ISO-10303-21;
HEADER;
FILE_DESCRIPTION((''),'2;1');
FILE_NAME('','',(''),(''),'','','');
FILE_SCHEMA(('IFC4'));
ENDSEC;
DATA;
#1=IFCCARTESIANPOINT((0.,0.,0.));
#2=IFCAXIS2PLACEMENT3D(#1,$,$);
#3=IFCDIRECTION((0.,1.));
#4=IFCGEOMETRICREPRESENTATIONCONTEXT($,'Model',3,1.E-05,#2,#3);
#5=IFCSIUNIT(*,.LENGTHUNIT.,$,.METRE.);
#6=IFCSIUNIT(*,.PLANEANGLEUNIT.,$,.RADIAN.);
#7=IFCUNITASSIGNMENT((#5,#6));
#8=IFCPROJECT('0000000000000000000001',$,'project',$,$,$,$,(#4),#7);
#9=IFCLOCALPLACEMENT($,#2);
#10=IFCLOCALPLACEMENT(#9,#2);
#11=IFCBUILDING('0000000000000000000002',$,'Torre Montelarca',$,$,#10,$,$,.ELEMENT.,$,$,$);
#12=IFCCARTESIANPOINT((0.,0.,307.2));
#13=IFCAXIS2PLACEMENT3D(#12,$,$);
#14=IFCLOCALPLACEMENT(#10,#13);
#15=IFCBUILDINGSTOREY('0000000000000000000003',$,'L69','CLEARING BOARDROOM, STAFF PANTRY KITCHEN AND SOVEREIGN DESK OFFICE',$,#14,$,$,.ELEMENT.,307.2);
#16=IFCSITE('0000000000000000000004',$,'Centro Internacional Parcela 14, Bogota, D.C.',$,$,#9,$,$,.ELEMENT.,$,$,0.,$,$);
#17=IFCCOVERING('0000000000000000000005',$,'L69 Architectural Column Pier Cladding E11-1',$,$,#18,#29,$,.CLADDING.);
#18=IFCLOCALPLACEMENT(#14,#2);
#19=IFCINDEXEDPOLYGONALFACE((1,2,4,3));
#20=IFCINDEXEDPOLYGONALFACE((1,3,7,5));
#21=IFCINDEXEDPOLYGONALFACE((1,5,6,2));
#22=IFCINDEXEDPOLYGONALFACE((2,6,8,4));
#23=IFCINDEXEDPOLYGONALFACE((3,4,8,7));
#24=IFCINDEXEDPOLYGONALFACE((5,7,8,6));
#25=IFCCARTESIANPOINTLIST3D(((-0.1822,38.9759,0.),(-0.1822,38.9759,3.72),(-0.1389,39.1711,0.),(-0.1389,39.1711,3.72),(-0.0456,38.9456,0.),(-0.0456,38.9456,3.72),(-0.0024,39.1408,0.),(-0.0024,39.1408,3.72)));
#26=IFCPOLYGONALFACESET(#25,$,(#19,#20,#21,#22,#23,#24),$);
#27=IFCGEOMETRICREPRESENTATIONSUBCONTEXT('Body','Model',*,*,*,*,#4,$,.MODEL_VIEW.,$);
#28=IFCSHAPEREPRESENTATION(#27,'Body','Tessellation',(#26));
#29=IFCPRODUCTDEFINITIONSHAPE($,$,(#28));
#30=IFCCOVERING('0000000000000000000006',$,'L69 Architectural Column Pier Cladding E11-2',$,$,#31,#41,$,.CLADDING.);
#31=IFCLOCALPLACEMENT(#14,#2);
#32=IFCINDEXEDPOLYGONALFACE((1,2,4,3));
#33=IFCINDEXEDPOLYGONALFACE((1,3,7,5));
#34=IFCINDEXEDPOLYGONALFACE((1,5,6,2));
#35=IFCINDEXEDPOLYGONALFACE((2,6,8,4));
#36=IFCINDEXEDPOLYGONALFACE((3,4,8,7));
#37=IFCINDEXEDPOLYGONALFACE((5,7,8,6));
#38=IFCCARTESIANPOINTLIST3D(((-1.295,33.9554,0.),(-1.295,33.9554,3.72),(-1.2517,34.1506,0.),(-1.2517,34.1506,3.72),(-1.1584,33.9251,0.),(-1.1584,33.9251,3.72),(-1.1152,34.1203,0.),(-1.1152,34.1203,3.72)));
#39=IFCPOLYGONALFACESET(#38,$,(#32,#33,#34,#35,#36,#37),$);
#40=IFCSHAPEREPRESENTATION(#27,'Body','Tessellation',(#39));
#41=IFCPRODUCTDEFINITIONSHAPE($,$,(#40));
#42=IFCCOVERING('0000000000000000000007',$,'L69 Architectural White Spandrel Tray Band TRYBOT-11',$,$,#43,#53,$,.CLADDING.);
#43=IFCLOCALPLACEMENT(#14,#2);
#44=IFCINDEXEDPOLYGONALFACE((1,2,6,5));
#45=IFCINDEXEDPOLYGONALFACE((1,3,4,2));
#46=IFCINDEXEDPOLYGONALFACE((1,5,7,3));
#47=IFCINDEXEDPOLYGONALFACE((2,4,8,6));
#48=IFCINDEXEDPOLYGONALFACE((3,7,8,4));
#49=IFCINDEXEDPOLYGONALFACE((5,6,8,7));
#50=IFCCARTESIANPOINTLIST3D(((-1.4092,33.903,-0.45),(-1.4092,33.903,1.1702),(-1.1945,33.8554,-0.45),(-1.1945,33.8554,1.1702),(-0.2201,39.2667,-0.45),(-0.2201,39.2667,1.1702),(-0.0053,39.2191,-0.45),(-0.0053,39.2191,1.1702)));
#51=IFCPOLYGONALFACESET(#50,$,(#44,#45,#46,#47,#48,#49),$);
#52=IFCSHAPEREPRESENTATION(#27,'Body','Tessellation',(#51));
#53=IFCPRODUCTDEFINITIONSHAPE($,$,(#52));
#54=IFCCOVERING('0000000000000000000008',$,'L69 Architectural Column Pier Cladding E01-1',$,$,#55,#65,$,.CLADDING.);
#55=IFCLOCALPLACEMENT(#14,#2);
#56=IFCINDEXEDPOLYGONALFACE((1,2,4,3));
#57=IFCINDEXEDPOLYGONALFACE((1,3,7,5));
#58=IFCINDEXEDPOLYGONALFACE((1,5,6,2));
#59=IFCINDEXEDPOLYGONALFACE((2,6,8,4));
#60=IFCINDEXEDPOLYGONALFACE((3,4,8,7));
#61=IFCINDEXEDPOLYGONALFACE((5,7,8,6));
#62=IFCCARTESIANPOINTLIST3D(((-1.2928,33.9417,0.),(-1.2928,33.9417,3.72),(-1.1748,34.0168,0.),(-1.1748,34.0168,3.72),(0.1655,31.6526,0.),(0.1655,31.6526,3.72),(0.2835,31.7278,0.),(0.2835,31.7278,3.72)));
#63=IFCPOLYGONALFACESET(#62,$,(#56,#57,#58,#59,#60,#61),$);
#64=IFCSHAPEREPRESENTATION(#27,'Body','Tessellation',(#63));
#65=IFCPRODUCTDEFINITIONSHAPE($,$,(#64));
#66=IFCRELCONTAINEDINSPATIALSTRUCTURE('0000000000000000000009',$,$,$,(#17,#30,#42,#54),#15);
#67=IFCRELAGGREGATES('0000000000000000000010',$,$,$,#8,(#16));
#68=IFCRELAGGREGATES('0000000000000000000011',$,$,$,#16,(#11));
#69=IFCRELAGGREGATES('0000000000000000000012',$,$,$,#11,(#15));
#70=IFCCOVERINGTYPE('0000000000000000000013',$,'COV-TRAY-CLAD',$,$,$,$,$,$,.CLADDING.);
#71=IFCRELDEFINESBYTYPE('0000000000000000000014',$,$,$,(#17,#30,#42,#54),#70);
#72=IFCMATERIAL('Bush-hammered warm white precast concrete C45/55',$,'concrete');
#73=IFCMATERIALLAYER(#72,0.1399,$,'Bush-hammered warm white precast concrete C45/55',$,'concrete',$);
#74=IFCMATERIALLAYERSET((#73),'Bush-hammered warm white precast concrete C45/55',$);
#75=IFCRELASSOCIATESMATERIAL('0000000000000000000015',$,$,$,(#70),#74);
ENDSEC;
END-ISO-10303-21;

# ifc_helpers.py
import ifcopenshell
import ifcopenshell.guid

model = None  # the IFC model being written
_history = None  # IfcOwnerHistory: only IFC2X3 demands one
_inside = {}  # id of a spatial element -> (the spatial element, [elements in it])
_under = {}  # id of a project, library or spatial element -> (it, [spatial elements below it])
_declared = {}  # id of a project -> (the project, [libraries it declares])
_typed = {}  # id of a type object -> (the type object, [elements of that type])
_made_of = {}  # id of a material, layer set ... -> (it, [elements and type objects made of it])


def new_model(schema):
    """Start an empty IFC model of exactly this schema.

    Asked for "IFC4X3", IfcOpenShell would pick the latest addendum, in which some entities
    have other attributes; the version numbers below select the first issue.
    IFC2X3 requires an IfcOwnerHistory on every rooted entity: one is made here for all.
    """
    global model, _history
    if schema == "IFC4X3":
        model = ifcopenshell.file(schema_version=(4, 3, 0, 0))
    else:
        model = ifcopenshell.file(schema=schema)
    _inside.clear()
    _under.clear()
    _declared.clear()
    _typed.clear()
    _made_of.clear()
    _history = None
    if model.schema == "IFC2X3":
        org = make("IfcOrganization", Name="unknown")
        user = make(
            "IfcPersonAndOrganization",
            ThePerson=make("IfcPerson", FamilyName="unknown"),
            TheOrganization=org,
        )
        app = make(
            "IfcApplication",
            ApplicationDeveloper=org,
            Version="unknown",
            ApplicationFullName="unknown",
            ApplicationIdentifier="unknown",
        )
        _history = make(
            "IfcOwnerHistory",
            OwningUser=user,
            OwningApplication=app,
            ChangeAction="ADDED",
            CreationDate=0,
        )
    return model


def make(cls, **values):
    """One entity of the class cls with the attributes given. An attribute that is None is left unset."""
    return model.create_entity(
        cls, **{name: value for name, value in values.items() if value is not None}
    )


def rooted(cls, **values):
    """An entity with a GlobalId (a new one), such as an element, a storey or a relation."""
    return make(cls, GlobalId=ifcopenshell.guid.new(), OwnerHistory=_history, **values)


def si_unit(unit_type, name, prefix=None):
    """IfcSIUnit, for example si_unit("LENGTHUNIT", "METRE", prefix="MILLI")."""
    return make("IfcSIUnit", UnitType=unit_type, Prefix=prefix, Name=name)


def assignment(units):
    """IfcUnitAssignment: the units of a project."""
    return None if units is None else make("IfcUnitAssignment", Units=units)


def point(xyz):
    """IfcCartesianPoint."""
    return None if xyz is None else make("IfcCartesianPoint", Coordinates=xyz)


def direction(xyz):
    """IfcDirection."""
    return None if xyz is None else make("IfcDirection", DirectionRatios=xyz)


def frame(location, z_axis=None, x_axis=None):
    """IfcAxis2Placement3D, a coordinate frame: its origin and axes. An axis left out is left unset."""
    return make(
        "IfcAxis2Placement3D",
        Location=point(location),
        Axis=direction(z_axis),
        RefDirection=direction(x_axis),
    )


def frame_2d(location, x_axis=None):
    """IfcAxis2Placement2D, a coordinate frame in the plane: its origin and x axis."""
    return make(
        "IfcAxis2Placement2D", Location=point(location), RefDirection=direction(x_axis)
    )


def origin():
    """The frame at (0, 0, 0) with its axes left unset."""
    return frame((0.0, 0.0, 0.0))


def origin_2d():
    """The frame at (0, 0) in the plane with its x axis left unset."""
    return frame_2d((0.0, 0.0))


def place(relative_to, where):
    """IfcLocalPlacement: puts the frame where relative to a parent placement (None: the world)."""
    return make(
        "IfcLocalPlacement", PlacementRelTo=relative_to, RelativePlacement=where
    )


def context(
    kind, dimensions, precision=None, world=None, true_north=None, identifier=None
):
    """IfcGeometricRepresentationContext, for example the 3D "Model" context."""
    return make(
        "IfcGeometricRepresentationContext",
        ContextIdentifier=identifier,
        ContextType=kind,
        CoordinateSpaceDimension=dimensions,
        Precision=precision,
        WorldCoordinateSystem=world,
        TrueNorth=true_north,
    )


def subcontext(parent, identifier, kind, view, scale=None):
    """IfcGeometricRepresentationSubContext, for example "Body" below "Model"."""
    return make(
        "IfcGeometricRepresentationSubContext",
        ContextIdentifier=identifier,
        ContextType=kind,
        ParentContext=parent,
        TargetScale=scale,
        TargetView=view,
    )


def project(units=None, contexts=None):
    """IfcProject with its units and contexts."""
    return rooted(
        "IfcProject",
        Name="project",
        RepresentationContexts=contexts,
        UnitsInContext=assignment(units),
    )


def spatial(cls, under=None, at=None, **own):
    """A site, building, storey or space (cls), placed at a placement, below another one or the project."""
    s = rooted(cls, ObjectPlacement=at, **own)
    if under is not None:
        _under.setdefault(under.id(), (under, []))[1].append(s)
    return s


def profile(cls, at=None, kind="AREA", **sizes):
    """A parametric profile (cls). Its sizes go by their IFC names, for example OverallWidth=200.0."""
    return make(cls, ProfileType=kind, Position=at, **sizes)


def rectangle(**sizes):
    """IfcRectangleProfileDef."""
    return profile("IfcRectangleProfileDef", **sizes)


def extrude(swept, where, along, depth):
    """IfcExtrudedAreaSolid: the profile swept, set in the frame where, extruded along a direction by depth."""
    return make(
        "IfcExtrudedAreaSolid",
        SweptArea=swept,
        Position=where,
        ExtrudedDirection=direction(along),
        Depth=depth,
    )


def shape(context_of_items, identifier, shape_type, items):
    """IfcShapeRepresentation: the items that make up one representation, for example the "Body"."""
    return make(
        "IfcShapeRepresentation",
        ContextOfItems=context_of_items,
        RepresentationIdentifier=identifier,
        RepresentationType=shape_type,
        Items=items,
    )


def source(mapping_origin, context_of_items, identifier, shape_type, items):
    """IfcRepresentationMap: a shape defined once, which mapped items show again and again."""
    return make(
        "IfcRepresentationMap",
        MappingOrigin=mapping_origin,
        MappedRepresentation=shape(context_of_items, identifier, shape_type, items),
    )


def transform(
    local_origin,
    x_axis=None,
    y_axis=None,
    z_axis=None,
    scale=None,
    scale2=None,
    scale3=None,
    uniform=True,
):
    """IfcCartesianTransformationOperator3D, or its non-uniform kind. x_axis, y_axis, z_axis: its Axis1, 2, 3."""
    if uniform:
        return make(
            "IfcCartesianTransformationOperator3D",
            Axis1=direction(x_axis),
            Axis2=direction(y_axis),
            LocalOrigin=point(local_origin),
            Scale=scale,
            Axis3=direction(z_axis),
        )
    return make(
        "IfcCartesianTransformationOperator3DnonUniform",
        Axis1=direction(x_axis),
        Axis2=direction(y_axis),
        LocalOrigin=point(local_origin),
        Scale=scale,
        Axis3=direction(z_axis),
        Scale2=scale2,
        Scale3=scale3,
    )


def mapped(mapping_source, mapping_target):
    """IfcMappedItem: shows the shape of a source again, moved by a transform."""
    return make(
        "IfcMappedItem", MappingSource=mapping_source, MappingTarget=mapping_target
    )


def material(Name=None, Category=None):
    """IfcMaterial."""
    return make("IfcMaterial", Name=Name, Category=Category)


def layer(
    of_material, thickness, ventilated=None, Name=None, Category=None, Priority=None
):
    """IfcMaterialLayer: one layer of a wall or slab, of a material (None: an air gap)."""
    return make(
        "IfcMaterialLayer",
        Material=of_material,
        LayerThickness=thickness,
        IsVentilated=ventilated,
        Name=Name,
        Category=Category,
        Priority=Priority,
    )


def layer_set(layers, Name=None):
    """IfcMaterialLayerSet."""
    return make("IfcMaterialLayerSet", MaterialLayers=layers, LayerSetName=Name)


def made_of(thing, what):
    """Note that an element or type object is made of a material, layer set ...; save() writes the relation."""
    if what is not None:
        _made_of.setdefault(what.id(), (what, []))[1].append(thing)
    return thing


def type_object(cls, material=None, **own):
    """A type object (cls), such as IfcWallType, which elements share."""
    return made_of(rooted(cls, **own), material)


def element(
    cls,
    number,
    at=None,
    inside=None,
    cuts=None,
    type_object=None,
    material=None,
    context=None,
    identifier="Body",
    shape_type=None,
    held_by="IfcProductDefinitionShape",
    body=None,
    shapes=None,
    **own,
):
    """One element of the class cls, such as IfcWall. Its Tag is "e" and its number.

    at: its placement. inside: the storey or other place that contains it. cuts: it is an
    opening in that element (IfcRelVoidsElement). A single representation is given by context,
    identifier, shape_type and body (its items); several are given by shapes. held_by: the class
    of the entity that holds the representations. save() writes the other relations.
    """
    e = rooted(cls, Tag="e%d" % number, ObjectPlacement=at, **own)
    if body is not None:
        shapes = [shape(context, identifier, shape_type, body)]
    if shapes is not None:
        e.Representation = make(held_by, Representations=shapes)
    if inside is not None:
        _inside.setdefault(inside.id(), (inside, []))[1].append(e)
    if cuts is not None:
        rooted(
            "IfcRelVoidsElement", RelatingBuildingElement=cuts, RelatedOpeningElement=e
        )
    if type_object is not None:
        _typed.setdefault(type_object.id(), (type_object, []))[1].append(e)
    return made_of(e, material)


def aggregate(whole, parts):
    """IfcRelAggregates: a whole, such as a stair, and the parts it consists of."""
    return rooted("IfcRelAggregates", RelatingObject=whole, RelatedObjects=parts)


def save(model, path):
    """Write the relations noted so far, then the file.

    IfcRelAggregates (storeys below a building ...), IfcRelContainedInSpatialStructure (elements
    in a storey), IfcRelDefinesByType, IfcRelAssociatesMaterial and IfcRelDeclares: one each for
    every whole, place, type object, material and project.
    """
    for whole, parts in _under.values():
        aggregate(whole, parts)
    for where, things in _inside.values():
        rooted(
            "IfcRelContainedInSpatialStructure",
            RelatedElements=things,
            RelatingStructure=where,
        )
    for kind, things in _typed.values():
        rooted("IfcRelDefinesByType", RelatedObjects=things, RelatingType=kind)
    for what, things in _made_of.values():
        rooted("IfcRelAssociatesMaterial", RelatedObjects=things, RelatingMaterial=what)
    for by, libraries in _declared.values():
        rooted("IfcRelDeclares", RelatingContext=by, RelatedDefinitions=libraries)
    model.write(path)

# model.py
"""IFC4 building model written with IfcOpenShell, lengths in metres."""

from ifc_helpers import new_model, si_unit, direction, frame, origin, origin_2d, place, context, subcontext, project, spatial, rectangle, extrude, source, transform, mapped, material, layer, layer_set, type_object, element, save


model = new_model("IFC4")

# Units and contexts
model_context = context("Model", 3, precision=1e-05, world=origin(), true_north=direction((0.0, 1.0)))
body_context = subcontext(model_context, "Body", "Model", "MODEL_VIEW")
ifc_project = project(units=[si_unit("LENGTHUNIT", "METRE"), si_unit("PLANEANGLEUNIT", "RADIAN")], contexts=[model_context])

# Site, building, storey
site_placement = place(None, origin())
site = spatial("IfcSite", under=ifc_project, at=site_placement, Name="Centro Internacional Parcela 14, Bogota, D.C.", CompositionType="ELEMENT", RefElevation=0.0)
building_placement = place(site_placement, origin())
building = spatial("IfcBuilding", under=site, at=building_placement, Name="Torre Montelarca", CompositionType="ELEMENT")
storey_placement = place(building_placement, frame((0.0, 0.0, 307.2)))
storey = spatial("IfcBuildingStorey", under=building, at=storey_placement, Name="L69", Description="CLEARING BOARDROOM, STAFF PANTRY KITCHEN AND SOVEREIGN DESK OFFICE", CompositionType="ELEMENT", Elevation=307.2)

# Coverings
ifc_material_1 = material(Name="Bush-hammered warm white precast concrete C45/55", Category="concrete")
ifc_layer_1 = layer(ifc_material_1, 0.1399, Name="Bush-hammered warm white precast concrete C45/55", Category="concrete")
ifc_layer_set_1 = layer_set([ifc_layer_1], Name="Bush-hammered warm white precast concrete C45/55")
covering_type = type_object("IfcCoveringType", Name="COV-TRAY-CLAD", PredefinedType="CLADDING", material=ifc_layer_set_1)
shared_shape_1 = source(origin(), body_context, "Body", "SweptSolid", [
    extrude(rectangle(XDim=0.2, YDim=0.1399, at=origin_2d()), origin(), (0.0, 0.0, 1.0), 3.72),
])
for number, where, z_axis, x_axis, name in (
    (1, (-0.0923, 39.0583, 0.0), (0.0, 0.0, 1.0), (-0.216448, -0.976294, 0.0), "L69 Architectural Column Pier Cladding E11-1"),
    (2, (-1.2051, 34.0378, 0.0), (0.0, 0.0, 1.0), (-0.216448, -0.976294, 0.0), "L69 Architectural Column Pier Cladding E11-2"),
):
    element("IfcCovering", number, at=place(storey_placement, frame(where, z_axis=z_axis, x_axis=x_axis)), inside=storey, type_object=covering_type, Name=name, PredefinedType="CLADDING", context=body_context, shape_type="MappedRepresentation", body=[
        mapped(shared_shape_1, transform((0.0, 0.0, 0.0), scale=1.0)),
    ])
shared_shape_2 = source(origin(), body_context, "Body", "SweptSolid", [
    extrude(rectangle(XDim=5.4939, YDim=0.22, at=origin_2d()), origin(), (0.0, 0.0, 1.0), 1.6201),
])
covering_1_placement = place(storey_placement, frame((-0.7073, 36.561, -0.45), z_axis=(0.0, 0.0, 1.0), x_axis=(-0.21645, -0.976294, 0.0)))
element("IfcCovering", 3, at=covering_1_placement, inside=storey, type_object=covering_type, Name="L69 Architectural White Spandrel Tray Band TRYBOT-11", PredefinedType="CLADDING", context=body_context, shape_type="MappedRepresentation", body=[
    mapped(shared_shape_2, transform((0.0, 0.0, 0.0), scale=1.0)),
])
shared_shape_3 = source(origin(), body_context, "Body", "SweptSolid", [
    extrude(rectangle(XDim=2.7141, YDim=0.1399, at=origin_2d()), origin(), (0.0, 0.0, 1.0), 3.72),
])
covering_2_placement = place(storey_placement, frame((-0.5046, 32.8347, 0.0), z_axis=(0.0, 0.0, 1.0), x_axis=(0.537301, -0.843391, 0.0)))
element("IfcCovering", 4, at=covering_2_placement, inside=storey, type_object=covering_type, Name="L69 Architectural Column Pier Cladding E01-1", PredefinedType="CLADDING", context=body_context, shape_type="MappedRepresentation", body=[
    mapped(shared_shape_3, transform((0.0, 0.0, 0.0), scale=1.0)),
])

save(model, "model.ifc")
